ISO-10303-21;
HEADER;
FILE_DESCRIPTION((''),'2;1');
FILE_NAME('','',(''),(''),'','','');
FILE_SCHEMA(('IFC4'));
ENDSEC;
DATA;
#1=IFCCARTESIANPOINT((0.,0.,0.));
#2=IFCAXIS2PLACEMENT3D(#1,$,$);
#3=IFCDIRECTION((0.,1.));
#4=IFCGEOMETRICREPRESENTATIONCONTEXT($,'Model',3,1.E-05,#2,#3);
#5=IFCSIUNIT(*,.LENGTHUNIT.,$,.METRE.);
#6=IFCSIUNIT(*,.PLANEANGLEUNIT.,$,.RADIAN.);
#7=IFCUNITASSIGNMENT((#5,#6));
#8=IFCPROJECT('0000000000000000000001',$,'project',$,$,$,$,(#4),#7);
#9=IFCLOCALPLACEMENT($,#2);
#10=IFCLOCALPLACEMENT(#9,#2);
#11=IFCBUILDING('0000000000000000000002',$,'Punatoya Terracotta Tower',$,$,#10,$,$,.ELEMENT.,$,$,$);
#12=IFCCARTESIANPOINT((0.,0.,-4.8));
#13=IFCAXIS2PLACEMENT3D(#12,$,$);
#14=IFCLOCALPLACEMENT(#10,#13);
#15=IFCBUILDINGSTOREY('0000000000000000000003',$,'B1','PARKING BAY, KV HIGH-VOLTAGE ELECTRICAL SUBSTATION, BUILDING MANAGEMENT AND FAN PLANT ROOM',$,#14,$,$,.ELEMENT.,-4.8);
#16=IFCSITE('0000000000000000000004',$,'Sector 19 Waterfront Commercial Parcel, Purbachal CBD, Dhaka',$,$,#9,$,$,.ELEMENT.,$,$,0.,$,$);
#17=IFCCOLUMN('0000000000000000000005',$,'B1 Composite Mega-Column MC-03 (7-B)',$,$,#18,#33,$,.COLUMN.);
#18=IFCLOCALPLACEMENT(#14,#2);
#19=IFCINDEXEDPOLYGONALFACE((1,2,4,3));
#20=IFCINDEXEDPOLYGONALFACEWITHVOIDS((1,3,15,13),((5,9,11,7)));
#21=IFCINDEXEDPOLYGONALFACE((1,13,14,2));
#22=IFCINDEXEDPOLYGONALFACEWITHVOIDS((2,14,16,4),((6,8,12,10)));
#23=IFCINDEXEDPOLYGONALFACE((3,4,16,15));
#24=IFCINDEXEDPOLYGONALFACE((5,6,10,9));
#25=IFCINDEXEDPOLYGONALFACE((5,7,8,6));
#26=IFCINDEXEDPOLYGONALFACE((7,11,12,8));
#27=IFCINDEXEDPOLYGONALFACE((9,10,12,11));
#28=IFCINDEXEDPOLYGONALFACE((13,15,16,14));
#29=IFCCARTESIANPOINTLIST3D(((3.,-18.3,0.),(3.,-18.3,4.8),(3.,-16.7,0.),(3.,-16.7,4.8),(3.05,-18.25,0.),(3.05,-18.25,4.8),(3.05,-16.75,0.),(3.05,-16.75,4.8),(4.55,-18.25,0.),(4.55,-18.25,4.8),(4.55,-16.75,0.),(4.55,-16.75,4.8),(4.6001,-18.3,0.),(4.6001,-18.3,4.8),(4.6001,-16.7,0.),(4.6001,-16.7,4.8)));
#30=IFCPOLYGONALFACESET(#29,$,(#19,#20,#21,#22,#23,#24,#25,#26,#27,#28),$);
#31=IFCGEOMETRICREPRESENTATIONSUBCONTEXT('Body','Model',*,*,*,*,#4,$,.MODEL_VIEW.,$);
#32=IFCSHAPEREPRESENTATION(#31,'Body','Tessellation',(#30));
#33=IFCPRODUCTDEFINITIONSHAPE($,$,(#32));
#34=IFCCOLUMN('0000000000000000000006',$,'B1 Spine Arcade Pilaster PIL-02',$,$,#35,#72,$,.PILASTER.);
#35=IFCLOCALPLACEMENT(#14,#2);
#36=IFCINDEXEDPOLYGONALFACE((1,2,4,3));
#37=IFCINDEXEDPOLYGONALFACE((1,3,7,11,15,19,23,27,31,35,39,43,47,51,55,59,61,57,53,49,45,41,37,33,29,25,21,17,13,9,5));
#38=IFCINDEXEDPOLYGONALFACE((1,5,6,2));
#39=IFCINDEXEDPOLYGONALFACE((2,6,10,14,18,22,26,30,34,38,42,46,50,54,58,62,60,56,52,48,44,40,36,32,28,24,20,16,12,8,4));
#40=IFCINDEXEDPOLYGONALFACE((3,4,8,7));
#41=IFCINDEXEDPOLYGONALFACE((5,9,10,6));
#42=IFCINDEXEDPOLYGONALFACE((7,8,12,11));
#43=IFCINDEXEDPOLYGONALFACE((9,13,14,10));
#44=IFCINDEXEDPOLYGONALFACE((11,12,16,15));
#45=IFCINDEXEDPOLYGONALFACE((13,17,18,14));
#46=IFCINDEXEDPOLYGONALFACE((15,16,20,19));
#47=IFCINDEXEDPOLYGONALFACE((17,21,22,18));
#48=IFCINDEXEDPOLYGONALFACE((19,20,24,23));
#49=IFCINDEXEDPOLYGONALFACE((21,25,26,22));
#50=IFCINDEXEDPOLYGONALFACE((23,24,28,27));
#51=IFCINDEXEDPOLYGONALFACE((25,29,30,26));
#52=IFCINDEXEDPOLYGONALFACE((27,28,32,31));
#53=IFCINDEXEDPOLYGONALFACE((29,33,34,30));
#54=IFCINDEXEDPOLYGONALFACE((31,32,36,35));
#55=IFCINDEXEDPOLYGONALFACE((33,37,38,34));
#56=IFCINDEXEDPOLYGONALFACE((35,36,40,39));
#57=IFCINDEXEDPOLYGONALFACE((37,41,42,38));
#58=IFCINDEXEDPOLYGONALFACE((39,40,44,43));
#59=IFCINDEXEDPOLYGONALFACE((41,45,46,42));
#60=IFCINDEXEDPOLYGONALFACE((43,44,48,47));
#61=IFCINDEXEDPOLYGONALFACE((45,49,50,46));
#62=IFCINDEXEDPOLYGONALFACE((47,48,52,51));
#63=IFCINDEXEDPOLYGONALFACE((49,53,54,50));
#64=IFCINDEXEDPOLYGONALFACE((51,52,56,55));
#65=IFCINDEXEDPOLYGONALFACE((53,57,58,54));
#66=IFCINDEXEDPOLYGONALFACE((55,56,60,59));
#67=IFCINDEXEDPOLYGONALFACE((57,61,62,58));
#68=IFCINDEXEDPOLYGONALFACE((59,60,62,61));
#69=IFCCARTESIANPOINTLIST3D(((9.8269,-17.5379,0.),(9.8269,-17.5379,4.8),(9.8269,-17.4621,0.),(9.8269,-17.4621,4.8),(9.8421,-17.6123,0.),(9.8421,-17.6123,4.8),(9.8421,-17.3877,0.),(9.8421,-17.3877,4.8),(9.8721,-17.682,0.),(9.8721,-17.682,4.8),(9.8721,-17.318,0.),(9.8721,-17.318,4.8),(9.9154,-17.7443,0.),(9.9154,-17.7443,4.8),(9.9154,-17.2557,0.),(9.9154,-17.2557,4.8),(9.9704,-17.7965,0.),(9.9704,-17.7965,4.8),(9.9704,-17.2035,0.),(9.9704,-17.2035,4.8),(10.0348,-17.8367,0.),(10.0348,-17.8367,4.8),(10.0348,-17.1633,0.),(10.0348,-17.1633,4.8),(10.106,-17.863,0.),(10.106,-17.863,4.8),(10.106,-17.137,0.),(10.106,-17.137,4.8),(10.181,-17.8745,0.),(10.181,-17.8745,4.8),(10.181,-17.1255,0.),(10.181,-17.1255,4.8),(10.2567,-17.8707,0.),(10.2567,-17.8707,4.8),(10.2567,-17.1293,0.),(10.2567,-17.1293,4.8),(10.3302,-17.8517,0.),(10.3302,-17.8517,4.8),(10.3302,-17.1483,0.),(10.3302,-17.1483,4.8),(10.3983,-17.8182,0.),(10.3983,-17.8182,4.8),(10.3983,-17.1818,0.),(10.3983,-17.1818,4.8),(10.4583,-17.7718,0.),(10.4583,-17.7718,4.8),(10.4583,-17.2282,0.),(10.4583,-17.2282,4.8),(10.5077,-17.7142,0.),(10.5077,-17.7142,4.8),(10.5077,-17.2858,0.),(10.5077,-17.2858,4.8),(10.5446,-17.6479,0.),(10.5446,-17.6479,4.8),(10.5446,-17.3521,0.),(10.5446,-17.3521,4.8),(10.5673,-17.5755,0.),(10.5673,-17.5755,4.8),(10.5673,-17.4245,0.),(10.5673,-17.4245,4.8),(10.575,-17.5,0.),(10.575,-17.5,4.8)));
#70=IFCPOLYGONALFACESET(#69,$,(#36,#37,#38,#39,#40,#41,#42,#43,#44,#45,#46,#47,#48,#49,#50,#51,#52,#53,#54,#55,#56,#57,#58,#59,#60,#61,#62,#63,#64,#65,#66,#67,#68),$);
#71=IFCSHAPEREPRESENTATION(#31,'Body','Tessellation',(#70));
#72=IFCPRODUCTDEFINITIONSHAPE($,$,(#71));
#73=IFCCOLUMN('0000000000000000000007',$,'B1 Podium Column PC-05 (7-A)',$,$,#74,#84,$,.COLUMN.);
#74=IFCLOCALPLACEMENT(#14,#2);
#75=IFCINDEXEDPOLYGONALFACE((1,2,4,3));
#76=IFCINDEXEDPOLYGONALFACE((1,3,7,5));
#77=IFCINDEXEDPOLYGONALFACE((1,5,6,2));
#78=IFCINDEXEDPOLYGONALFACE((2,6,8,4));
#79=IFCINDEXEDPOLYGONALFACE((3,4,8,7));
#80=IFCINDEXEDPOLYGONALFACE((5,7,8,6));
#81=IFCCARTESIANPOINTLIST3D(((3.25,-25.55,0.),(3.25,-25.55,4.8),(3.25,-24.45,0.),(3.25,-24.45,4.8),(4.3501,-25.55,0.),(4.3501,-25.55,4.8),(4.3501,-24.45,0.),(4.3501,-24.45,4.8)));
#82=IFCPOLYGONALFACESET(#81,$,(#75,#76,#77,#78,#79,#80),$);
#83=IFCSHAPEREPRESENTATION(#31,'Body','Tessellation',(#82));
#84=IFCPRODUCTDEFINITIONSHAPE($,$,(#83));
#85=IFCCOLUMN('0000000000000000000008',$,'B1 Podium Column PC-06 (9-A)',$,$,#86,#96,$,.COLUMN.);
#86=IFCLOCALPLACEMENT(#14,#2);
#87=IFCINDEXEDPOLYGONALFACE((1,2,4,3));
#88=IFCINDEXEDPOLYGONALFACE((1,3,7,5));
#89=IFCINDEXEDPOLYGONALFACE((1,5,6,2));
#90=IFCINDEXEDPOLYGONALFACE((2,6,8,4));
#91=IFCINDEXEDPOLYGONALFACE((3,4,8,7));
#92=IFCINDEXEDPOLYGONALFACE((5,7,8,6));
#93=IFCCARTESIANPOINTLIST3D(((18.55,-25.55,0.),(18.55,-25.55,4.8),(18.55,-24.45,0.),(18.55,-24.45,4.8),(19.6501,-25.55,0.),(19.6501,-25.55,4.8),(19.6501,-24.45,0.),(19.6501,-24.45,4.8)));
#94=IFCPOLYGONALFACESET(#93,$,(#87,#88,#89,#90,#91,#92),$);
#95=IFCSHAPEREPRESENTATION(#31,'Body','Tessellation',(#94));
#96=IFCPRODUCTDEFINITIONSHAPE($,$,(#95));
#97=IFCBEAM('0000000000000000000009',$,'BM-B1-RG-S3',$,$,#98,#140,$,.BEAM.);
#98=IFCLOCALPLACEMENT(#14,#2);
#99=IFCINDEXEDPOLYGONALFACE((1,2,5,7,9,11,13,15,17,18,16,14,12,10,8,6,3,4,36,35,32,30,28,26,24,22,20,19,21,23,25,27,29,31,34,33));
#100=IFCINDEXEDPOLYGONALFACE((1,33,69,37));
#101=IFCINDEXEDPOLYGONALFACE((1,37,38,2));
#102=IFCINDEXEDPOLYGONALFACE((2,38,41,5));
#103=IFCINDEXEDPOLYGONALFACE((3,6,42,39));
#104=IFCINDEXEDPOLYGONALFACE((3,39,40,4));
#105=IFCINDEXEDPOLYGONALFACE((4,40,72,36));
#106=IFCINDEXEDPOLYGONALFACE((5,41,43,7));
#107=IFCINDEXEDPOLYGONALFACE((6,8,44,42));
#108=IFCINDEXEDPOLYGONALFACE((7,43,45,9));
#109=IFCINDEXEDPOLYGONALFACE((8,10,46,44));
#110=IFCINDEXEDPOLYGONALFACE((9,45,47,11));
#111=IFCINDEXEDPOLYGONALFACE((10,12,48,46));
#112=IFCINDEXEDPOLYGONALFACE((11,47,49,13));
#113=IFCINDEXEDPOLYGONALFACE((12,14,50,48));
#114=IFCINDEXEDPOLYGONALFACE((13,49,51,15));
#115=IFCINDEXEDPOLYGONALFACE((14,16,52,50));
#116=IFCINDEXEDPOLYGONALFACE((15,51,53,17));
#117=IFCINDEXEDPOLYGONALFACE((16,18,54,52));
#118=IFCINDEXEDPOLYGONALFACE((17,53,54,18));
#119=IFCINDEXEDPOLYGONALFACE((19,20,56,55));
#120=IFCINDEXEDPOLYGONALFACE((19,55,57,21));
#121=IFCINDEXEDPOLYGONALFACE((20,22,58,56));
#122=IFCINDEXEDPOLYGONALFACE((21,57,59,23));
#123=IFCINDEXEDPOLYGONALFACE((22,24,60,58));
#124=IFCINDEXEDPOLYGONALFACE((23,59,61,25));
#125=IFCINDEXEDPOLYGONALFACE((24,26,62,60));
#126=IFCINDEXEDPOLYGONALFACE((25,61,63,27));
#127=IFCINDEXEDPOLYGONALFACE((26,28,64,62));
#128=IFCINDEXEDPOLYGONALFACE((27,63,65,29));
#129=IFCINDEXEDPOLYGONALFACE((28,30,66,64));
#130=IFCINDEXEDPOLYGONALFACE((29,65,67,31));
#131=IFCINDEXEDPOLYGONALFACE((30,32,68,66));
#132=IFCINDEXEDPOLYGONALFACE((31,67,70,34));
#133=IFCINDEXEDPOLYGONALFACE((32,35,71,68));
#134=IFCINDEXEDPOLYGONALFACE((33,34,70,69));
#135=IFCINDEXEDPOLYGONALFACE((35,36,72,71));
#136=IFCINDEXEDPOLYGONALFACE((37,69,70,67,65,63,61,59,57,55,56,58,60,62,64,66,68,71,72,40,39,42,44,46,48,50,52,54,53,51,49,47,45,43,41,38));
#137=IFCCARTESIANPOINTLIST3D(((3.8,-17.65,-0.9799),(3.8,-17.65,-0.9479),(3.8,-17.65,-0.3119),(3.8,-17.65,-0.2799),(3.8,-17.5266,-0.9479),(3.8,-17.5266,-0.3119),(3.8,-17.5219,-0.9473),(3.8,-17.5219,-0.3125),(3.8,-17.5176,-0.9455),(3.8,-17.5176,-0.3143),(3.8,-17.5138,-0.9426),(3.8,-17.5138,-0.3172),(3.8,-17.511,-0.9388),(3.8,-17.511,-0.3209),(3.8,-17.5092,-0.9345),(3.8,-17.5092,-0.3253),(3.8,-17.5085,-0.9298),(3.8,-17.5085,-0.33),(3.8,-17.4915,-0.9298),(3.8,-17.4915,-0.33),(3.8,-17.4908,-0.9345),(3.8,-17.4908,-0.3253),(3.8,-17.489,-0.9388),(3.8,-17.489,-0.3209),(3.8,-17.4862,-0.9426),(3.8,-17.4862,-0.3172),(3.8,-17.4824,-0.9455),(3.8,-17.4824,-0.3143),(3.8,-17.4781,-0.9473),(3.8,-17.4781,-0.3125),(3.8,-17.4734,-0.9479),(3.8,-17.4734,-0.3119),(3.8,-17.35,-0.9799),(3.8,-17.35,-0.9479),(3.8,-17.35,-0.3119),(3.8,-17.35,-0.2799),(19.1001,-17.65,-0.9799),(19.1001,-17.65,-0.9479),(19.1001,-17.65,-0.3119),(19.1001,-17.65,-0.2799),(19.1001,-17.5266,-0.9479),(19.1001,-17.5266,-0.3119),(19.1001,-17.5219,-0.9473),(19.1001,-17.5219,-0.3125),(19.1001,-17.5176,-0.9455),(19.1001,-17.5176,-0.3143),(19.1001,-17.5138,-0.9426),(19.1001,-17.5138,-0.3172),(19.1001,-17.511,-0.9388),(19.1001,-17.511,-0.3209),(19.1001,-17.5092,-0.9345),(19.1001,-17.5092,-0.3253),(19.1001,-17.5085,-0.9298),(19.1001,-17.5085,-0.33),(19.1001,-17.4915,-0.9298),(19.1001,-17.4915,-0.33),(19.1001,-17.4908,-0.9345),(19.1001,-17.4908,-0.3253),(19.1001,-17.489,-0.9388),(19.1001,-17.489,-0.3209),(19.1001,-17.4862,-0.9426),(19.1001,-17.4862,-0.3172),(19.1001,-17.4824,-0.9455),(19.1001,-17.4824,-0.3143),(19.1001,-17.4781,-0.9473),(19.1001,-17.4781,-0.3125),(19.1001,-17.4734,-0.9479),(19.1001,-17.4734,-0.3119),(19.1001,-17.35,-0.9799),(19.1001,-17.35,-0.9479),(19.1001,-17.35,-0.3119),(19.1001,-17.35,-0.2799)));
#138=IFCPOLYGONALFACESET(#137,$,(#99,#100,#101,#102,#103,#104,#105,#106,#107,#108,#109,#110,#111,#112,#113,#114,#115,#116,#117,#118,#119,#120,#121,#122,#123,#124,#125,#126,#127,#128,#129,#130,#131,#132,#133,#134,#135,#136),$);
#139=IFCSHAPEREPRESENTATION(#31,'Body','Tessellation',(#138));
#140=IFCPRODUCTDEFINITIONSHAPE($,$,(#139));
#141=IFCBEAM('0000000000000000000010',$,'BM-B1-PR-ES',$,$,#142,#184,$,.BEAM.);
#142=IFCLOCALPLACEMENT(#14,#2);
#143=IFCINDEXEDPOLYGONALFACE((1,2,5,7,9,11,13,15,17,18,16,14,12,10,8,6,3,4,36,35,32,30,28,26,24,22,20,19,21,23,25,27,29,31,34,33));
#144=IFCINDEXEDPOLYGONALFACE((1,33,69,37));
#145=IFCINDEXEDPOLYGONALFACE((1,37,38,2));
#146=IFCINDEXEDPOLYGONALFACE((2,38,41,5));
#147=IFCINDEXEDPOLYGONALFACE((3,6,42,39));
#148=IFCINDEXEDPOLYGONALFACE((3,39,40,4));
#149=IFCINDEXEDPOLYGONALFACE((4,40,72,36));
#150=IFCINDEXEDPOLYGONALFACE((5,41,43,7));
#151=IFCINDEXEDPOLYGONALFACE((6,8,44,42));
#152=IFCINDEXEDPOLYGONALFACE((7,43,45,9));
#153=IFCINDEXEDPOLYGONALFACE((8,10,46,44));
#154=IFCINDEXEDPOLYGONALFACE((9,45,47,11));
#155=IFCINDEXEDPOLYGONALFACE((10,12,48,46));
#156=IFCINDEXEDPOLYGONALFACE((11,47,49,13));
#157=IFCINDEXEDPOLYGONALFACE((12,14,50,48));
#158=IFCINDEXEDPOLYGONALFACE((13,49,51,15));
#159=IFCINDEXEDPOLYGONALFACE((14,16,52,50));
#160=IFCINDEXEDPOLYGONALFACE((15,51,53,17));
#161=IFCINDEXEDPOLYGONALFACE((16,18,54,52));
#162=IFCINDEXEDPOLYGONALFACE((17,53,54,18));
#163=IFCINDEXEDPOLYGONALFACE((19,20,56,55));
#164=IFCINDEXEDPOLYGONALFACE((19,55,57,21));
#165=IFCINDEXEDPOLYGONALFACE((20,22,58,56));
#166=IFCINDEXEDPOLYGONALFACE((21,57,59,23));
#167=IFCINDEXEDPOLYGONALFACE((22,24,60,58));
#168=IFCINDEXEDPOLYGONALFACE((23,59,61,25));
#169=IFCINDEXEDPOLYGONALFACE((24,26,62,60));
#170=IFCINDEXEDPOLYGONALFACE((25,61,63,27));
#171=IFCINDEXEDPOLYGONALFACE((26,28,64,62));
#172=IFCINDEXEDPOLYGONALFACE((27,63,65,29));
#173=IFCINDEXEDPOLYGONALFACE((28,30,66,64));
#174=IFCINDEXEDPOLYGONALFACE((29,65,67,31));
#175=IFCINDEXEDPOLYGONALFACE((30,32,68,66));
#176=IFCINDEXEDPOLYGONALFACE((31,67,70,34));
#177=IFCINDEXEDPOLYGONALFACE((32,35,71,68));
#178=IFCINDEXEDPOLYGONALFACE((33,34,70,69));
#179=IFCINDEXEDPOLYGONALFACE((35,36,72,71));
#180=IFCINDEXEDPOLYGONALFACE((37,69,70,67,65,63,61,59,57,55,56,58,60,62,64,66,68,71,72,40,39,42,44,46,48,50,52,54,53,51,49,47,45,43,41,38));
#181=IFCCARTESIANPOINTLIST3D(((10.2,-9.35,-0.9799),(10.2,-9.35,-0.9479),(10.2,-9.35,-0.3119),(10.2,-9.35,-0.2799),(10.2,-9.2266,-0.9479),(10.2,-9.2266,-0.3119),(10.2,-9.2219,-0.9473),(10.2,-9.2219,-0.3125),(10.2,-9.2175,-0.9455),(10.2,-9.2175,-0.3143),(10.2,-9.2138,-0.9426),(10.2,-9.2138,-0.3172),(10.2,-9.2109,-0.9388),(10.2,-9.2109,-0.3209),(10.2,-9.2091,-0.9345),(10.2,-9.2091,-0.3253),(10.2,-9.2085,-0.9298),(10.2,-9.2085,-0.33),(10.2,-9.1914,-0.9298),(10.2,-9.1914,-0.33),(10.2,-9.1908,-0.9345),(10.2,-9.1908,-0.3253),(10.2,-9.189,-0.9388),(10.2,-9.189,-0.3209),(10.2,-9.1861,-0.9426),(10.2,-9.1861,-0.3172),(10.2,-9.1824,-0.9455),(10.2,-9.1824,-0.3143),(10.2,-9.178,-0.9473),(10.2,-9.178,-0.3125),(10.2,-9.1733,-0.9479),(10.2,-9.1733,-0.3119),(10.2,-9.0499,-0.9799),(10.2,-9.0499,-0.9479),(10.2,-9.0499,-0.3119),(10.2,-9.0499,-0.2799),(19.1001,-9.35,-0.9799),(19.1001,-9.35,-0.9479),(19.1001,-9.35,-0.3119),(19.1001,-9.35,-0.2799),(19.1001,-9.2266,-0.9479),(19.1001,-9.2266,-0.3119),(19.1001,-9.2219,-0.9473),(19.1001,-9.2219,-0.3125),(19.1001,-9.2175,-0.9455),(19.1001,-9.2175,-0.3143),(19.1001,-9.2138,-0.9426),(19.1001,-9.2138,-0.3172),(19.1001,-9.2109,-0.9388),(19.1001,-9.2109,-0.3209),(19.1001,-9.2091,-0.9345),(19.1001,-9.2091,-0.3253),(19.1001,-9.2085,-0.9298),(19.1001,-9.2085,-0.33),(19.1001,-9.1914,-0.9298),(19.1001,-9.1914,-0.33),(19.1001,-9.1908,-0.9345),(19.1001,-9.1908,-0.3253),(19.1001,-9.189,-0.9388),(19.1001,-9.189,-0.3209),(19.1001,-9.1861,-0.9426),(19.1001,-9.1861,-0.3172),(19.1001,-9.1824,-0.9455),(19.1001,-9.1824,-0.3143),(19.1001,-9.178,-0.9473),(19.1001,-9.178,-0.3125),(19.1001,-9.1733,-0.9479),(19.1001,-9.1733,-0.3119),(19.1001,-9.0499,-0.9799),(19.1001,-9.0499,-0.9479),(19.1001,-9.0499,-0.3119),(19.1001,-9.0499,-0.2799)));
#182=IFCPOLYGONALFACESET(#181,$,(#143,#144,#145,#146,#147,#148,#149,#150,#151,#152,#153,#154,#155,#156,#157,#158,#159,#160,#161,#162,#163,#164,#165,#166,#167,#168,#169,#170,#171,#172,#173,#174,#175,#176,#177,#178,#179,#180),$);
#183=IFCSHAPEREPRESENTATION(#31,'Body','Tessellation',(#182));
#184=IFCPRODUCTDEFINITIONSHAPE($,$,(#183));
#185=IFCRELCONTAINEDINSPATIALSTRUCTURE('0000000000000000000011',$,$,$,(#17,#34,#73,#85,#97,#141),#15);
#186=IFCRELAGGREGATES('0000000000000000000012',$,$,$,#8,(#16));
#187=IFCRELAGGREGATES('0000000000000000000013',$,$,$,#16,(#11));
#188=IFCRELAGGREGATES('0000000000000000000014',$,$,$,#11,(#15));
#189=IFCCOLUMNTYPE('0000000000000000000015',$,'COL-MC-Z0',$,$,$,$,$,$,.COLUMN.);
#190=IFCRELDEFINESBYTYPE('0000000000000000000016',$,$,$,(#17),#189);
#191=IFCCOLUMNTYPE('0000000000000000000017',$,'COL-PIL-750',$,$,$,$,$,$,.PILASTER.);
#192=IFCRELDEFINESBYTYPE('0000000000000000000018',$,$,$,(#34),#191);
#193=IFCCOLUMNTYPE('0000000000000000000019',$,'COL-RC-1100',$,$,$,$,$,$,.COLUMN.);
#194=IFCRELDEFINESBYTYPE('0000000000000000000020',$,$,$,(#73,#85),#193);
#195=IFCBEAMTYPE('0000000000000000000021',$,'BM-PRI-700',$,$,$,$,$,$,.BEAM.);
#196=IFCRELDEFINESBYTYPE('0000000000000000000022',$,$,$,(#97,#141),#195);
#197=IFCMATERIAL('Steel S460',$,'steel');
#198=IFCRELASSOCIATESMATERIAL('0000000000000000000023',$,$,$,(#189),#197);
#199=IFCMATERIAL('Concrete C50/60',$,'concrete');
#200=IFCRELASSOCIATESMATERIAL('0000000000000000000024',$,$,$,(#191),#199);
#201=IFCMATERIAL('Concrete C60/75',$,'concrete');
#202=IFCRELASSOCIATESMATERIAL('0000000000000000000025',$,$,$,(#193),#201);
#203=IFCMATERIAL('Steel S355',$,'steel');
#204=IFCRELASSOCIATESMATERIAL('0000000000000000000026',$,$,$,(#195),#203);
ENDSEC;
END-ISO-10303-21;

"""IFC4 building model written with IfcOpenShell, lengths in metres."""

from ifc_helpers import new_model, si_unit, direction, frame, origin, origin_2d, place, context, subcontext, project, spatial, rectangle, hollow_rectangle, circle, i_section, extrude, material, material_profile, profile_set, type_object, element, save


model = new_model("IFC4")

# Units and contexts
model_context = context("Model", 3, precision=1e-05, world=origin(), true_north=direction((0.0, 1.0)))
body_context = subcontext(model_context, "Body", "Model", "MODEL_VIEW")
ifc_project = project(units=[si_unit("LENGTHUNIT", "METRE"), si_unit("PLANEANGLEUNIT", "RADIAN")], contexts=[model_context])

# Site, building, storey
site_placement = place(None, origin())
site = spatial("IfcSite", under=ifc_project, at=site_placement, Name="Sector 19 Waterfront Commercial Parcel, Purbachal CBD, Dhaka", CompositionType="ELEMENT", RefElevation=0.0)
building_placement = place(site_placement, origin())
building = spatial("IfcBuilding", under=site, at=building_placement, Name="Punatoya Terracotta Tower", CompositionType="ELEMENT")
storey_placement = place(building_placement, frame((0.0, 0.0, -4.8)))
storey = spatial("IfcBuildingStorey", under=building, at=storey_placement, Name="B1", Description="PARKING BAY, KV HIGH-VOLTAGE ELECTRICAL SUBSTATION, BUILDING MANAGEMENT AND FAN PLANT ROOM", CompositionType="ELEMENT", Elevation=-4.8)

# Columns
ifc_material_1 = material(Name="Steel S460", Category="steel")
ifc_material_profile_1 = material_profile(ifc_material_1, hollow_rectangle(XDim=1.6001, YDim=1.6001, WallThickness=0.05, at=origin_2d()))
ifc_profile_set_1 = profile_set([ifc_material_profile_1], Name="Steel S460")
column_type_1 = type_object("IfcColumnType", Name="COL-MC-Z0", PredefinedType="COLUMN", material=ifc_profile_set_1)
column_1_placement = place(storey_placement, frame((3.8, -17.5, 0.0), z_axis=(0.0, 0.0, 1.0), x_axis=(1.0, 0.0, 0.0)))
element("IfcColumn", 1, at=column_1_placement, inside=storey, type_object=column_type_1, Name="B1 Composite Mega-Column MC-03 (7-B)", PredefinedType="COLUMN", context=body_context, shape_type="SweptSolid", body=[
    extrude(hollow_rectangle(XDim=1.6001, YDim=1.6001, WallThickness=0.05, at=origin_2d()), origin(), (0.0, 0.0, 1.0), 4.8),
])
ifc_material_2 = material(Name="Concrete C50/60", Category="concrete")
ifc_material_profile_2 = material_profile(ifc_material_2, circle(Radius=0.375, at=origin_2d()))
ifc_profile_set_2 = profile_set([ifc_material_profile_2], Name="Concrete C50/60")
column_type_2 = type_object("IfcColumnType", Name="COL-PIL-750", PredefinedType="PILASTER", material=ifc_profile_set_2)
column_2_placement = place(storey_placement, frame((10.2, -17.5, 0.0), z_axis=(0.0, 0.0, 1.0), x_axis=(1.0, 0.0, 0.0)))
element("IfcColumn", 2, at=column_2_placement, inside=storey, type_object=column_type_2, Name="B1 Spine Arcade Pilaster PIL-02", PredefinedType="PILASTER", context=body_context, shape_type="SweptSolid", body=[
    extrude(circle(Radius=0.375, at=origin_2d()), origin(), (0.0, 0.0, 1.0), 4.8),
])
ifc_material_3 = material(Name="Concrete C60/75", Category="concrete")
ifc_material_profile_3 = material_profile(ifc_material_3, rectangle(XDim=1.1001, YDim=1.1001, at=origin_2d()))
ifc_profile_set_3 = profile_set([ifc_material_profile_3], Name="Concrete C60/75")
column_type_3 = type_object("IfcColumnType", Name="COL-RC-1100", PredefinedType="COLUMN", material=ifc_profile_set_3)
for number, where, z_axis, x_axis, name in (
    (3, (3.8, -25.0, 0.0), (0.0, 0.0, 1.0), (1.0, 0.0, 0.0), "B1 Podium Column PC-05 (7-A)"),
    (4, (19.1001, -25.0, 0.0), (0.0, 0.0, 1.0), (1.0, 0.0, 0.0), "B1 Podium Column PC-06 (9-A)"),
):
    element("IfcColumn", number, at=place(storey_placement, frame(where, z_axis=z_axis, x_axis=x_axis)), inside=storey, type_object=column_type_3, Name=name, PredefinedType="COLUMN", context=body_context, shape_type="SweptSolid", body=[
        extrude(rectangle(XDim=1.1001, YDim=1.1001, at=origin_2d()), origin(), (0.0, 0.0, 1.0), 4.8),
    ])

# Beams
ifc_material_4 = material(Name="Steel S355", Category="steel")
ifc_material_profile_4 = material_profile(ifc_material_4, i_section(OverallWidth=0.3, OverallDepth=0.7, WebThickness=0.0171, FlangeThickness=0.032, FilletRadius=0.0181, at=origin_2d()))
ifc_profile_set_4 = profile_set([ifc_material_profile_4], Name="Steel S355")
beam_type_1 = type_object("IfcBeamType", Name="BM-PRI-700", PredefinedType="BEAM", material=ifc_profile_set_4)
beam_1_placement = place(storey_placement, frame((3.8, -17.5, -0.6299), z_axis=(1.0, 0.0, 0.0), x_axis=(0.0, 1.0, 0.0)))
element("IfcBeam", 5, at=beam_1_placement, inside=storey, type_object=beam_type_1, Name="BM-B1-RG-S3", PredefinedType="BEAM", context=body_context, shape_type="SweptSolid", body=[
    extrude(i_section(OverallWidth=0.3, OverallDepth=0.7, WebThickness=0.0171, FlangeThickness=0.032, FilletRadius=0.0181, at=origin_2d()), origin(), (0.0, 0.0, 1.0), 15.3),
])
beam_2_placement = place(storey_placement, frame((10.2, -9.2, -0.6299), z_axis=(1.0, 0.0, 0.0), x_axis=(0.0, 1.0, 0.0)))
element("IfcBeam", 6, at=beam_2_placement, inside=storey, type_object=beam_type_1, Name="BM-B1-PR-ES", PredefinedType="BEAM", context=body_context, shape_type="SweptSolid", body=[
    extrude(i_section(OverallWidth=0.3, OverallDepth=0.7, WebThickness=0.0171, FlangeThickness=0.032, FilletRadius=0.0181, at=origin_2d()), origin(), (0.0, 0.0, 1.0), 8.9001),
])

save(model, "model.ifc")
